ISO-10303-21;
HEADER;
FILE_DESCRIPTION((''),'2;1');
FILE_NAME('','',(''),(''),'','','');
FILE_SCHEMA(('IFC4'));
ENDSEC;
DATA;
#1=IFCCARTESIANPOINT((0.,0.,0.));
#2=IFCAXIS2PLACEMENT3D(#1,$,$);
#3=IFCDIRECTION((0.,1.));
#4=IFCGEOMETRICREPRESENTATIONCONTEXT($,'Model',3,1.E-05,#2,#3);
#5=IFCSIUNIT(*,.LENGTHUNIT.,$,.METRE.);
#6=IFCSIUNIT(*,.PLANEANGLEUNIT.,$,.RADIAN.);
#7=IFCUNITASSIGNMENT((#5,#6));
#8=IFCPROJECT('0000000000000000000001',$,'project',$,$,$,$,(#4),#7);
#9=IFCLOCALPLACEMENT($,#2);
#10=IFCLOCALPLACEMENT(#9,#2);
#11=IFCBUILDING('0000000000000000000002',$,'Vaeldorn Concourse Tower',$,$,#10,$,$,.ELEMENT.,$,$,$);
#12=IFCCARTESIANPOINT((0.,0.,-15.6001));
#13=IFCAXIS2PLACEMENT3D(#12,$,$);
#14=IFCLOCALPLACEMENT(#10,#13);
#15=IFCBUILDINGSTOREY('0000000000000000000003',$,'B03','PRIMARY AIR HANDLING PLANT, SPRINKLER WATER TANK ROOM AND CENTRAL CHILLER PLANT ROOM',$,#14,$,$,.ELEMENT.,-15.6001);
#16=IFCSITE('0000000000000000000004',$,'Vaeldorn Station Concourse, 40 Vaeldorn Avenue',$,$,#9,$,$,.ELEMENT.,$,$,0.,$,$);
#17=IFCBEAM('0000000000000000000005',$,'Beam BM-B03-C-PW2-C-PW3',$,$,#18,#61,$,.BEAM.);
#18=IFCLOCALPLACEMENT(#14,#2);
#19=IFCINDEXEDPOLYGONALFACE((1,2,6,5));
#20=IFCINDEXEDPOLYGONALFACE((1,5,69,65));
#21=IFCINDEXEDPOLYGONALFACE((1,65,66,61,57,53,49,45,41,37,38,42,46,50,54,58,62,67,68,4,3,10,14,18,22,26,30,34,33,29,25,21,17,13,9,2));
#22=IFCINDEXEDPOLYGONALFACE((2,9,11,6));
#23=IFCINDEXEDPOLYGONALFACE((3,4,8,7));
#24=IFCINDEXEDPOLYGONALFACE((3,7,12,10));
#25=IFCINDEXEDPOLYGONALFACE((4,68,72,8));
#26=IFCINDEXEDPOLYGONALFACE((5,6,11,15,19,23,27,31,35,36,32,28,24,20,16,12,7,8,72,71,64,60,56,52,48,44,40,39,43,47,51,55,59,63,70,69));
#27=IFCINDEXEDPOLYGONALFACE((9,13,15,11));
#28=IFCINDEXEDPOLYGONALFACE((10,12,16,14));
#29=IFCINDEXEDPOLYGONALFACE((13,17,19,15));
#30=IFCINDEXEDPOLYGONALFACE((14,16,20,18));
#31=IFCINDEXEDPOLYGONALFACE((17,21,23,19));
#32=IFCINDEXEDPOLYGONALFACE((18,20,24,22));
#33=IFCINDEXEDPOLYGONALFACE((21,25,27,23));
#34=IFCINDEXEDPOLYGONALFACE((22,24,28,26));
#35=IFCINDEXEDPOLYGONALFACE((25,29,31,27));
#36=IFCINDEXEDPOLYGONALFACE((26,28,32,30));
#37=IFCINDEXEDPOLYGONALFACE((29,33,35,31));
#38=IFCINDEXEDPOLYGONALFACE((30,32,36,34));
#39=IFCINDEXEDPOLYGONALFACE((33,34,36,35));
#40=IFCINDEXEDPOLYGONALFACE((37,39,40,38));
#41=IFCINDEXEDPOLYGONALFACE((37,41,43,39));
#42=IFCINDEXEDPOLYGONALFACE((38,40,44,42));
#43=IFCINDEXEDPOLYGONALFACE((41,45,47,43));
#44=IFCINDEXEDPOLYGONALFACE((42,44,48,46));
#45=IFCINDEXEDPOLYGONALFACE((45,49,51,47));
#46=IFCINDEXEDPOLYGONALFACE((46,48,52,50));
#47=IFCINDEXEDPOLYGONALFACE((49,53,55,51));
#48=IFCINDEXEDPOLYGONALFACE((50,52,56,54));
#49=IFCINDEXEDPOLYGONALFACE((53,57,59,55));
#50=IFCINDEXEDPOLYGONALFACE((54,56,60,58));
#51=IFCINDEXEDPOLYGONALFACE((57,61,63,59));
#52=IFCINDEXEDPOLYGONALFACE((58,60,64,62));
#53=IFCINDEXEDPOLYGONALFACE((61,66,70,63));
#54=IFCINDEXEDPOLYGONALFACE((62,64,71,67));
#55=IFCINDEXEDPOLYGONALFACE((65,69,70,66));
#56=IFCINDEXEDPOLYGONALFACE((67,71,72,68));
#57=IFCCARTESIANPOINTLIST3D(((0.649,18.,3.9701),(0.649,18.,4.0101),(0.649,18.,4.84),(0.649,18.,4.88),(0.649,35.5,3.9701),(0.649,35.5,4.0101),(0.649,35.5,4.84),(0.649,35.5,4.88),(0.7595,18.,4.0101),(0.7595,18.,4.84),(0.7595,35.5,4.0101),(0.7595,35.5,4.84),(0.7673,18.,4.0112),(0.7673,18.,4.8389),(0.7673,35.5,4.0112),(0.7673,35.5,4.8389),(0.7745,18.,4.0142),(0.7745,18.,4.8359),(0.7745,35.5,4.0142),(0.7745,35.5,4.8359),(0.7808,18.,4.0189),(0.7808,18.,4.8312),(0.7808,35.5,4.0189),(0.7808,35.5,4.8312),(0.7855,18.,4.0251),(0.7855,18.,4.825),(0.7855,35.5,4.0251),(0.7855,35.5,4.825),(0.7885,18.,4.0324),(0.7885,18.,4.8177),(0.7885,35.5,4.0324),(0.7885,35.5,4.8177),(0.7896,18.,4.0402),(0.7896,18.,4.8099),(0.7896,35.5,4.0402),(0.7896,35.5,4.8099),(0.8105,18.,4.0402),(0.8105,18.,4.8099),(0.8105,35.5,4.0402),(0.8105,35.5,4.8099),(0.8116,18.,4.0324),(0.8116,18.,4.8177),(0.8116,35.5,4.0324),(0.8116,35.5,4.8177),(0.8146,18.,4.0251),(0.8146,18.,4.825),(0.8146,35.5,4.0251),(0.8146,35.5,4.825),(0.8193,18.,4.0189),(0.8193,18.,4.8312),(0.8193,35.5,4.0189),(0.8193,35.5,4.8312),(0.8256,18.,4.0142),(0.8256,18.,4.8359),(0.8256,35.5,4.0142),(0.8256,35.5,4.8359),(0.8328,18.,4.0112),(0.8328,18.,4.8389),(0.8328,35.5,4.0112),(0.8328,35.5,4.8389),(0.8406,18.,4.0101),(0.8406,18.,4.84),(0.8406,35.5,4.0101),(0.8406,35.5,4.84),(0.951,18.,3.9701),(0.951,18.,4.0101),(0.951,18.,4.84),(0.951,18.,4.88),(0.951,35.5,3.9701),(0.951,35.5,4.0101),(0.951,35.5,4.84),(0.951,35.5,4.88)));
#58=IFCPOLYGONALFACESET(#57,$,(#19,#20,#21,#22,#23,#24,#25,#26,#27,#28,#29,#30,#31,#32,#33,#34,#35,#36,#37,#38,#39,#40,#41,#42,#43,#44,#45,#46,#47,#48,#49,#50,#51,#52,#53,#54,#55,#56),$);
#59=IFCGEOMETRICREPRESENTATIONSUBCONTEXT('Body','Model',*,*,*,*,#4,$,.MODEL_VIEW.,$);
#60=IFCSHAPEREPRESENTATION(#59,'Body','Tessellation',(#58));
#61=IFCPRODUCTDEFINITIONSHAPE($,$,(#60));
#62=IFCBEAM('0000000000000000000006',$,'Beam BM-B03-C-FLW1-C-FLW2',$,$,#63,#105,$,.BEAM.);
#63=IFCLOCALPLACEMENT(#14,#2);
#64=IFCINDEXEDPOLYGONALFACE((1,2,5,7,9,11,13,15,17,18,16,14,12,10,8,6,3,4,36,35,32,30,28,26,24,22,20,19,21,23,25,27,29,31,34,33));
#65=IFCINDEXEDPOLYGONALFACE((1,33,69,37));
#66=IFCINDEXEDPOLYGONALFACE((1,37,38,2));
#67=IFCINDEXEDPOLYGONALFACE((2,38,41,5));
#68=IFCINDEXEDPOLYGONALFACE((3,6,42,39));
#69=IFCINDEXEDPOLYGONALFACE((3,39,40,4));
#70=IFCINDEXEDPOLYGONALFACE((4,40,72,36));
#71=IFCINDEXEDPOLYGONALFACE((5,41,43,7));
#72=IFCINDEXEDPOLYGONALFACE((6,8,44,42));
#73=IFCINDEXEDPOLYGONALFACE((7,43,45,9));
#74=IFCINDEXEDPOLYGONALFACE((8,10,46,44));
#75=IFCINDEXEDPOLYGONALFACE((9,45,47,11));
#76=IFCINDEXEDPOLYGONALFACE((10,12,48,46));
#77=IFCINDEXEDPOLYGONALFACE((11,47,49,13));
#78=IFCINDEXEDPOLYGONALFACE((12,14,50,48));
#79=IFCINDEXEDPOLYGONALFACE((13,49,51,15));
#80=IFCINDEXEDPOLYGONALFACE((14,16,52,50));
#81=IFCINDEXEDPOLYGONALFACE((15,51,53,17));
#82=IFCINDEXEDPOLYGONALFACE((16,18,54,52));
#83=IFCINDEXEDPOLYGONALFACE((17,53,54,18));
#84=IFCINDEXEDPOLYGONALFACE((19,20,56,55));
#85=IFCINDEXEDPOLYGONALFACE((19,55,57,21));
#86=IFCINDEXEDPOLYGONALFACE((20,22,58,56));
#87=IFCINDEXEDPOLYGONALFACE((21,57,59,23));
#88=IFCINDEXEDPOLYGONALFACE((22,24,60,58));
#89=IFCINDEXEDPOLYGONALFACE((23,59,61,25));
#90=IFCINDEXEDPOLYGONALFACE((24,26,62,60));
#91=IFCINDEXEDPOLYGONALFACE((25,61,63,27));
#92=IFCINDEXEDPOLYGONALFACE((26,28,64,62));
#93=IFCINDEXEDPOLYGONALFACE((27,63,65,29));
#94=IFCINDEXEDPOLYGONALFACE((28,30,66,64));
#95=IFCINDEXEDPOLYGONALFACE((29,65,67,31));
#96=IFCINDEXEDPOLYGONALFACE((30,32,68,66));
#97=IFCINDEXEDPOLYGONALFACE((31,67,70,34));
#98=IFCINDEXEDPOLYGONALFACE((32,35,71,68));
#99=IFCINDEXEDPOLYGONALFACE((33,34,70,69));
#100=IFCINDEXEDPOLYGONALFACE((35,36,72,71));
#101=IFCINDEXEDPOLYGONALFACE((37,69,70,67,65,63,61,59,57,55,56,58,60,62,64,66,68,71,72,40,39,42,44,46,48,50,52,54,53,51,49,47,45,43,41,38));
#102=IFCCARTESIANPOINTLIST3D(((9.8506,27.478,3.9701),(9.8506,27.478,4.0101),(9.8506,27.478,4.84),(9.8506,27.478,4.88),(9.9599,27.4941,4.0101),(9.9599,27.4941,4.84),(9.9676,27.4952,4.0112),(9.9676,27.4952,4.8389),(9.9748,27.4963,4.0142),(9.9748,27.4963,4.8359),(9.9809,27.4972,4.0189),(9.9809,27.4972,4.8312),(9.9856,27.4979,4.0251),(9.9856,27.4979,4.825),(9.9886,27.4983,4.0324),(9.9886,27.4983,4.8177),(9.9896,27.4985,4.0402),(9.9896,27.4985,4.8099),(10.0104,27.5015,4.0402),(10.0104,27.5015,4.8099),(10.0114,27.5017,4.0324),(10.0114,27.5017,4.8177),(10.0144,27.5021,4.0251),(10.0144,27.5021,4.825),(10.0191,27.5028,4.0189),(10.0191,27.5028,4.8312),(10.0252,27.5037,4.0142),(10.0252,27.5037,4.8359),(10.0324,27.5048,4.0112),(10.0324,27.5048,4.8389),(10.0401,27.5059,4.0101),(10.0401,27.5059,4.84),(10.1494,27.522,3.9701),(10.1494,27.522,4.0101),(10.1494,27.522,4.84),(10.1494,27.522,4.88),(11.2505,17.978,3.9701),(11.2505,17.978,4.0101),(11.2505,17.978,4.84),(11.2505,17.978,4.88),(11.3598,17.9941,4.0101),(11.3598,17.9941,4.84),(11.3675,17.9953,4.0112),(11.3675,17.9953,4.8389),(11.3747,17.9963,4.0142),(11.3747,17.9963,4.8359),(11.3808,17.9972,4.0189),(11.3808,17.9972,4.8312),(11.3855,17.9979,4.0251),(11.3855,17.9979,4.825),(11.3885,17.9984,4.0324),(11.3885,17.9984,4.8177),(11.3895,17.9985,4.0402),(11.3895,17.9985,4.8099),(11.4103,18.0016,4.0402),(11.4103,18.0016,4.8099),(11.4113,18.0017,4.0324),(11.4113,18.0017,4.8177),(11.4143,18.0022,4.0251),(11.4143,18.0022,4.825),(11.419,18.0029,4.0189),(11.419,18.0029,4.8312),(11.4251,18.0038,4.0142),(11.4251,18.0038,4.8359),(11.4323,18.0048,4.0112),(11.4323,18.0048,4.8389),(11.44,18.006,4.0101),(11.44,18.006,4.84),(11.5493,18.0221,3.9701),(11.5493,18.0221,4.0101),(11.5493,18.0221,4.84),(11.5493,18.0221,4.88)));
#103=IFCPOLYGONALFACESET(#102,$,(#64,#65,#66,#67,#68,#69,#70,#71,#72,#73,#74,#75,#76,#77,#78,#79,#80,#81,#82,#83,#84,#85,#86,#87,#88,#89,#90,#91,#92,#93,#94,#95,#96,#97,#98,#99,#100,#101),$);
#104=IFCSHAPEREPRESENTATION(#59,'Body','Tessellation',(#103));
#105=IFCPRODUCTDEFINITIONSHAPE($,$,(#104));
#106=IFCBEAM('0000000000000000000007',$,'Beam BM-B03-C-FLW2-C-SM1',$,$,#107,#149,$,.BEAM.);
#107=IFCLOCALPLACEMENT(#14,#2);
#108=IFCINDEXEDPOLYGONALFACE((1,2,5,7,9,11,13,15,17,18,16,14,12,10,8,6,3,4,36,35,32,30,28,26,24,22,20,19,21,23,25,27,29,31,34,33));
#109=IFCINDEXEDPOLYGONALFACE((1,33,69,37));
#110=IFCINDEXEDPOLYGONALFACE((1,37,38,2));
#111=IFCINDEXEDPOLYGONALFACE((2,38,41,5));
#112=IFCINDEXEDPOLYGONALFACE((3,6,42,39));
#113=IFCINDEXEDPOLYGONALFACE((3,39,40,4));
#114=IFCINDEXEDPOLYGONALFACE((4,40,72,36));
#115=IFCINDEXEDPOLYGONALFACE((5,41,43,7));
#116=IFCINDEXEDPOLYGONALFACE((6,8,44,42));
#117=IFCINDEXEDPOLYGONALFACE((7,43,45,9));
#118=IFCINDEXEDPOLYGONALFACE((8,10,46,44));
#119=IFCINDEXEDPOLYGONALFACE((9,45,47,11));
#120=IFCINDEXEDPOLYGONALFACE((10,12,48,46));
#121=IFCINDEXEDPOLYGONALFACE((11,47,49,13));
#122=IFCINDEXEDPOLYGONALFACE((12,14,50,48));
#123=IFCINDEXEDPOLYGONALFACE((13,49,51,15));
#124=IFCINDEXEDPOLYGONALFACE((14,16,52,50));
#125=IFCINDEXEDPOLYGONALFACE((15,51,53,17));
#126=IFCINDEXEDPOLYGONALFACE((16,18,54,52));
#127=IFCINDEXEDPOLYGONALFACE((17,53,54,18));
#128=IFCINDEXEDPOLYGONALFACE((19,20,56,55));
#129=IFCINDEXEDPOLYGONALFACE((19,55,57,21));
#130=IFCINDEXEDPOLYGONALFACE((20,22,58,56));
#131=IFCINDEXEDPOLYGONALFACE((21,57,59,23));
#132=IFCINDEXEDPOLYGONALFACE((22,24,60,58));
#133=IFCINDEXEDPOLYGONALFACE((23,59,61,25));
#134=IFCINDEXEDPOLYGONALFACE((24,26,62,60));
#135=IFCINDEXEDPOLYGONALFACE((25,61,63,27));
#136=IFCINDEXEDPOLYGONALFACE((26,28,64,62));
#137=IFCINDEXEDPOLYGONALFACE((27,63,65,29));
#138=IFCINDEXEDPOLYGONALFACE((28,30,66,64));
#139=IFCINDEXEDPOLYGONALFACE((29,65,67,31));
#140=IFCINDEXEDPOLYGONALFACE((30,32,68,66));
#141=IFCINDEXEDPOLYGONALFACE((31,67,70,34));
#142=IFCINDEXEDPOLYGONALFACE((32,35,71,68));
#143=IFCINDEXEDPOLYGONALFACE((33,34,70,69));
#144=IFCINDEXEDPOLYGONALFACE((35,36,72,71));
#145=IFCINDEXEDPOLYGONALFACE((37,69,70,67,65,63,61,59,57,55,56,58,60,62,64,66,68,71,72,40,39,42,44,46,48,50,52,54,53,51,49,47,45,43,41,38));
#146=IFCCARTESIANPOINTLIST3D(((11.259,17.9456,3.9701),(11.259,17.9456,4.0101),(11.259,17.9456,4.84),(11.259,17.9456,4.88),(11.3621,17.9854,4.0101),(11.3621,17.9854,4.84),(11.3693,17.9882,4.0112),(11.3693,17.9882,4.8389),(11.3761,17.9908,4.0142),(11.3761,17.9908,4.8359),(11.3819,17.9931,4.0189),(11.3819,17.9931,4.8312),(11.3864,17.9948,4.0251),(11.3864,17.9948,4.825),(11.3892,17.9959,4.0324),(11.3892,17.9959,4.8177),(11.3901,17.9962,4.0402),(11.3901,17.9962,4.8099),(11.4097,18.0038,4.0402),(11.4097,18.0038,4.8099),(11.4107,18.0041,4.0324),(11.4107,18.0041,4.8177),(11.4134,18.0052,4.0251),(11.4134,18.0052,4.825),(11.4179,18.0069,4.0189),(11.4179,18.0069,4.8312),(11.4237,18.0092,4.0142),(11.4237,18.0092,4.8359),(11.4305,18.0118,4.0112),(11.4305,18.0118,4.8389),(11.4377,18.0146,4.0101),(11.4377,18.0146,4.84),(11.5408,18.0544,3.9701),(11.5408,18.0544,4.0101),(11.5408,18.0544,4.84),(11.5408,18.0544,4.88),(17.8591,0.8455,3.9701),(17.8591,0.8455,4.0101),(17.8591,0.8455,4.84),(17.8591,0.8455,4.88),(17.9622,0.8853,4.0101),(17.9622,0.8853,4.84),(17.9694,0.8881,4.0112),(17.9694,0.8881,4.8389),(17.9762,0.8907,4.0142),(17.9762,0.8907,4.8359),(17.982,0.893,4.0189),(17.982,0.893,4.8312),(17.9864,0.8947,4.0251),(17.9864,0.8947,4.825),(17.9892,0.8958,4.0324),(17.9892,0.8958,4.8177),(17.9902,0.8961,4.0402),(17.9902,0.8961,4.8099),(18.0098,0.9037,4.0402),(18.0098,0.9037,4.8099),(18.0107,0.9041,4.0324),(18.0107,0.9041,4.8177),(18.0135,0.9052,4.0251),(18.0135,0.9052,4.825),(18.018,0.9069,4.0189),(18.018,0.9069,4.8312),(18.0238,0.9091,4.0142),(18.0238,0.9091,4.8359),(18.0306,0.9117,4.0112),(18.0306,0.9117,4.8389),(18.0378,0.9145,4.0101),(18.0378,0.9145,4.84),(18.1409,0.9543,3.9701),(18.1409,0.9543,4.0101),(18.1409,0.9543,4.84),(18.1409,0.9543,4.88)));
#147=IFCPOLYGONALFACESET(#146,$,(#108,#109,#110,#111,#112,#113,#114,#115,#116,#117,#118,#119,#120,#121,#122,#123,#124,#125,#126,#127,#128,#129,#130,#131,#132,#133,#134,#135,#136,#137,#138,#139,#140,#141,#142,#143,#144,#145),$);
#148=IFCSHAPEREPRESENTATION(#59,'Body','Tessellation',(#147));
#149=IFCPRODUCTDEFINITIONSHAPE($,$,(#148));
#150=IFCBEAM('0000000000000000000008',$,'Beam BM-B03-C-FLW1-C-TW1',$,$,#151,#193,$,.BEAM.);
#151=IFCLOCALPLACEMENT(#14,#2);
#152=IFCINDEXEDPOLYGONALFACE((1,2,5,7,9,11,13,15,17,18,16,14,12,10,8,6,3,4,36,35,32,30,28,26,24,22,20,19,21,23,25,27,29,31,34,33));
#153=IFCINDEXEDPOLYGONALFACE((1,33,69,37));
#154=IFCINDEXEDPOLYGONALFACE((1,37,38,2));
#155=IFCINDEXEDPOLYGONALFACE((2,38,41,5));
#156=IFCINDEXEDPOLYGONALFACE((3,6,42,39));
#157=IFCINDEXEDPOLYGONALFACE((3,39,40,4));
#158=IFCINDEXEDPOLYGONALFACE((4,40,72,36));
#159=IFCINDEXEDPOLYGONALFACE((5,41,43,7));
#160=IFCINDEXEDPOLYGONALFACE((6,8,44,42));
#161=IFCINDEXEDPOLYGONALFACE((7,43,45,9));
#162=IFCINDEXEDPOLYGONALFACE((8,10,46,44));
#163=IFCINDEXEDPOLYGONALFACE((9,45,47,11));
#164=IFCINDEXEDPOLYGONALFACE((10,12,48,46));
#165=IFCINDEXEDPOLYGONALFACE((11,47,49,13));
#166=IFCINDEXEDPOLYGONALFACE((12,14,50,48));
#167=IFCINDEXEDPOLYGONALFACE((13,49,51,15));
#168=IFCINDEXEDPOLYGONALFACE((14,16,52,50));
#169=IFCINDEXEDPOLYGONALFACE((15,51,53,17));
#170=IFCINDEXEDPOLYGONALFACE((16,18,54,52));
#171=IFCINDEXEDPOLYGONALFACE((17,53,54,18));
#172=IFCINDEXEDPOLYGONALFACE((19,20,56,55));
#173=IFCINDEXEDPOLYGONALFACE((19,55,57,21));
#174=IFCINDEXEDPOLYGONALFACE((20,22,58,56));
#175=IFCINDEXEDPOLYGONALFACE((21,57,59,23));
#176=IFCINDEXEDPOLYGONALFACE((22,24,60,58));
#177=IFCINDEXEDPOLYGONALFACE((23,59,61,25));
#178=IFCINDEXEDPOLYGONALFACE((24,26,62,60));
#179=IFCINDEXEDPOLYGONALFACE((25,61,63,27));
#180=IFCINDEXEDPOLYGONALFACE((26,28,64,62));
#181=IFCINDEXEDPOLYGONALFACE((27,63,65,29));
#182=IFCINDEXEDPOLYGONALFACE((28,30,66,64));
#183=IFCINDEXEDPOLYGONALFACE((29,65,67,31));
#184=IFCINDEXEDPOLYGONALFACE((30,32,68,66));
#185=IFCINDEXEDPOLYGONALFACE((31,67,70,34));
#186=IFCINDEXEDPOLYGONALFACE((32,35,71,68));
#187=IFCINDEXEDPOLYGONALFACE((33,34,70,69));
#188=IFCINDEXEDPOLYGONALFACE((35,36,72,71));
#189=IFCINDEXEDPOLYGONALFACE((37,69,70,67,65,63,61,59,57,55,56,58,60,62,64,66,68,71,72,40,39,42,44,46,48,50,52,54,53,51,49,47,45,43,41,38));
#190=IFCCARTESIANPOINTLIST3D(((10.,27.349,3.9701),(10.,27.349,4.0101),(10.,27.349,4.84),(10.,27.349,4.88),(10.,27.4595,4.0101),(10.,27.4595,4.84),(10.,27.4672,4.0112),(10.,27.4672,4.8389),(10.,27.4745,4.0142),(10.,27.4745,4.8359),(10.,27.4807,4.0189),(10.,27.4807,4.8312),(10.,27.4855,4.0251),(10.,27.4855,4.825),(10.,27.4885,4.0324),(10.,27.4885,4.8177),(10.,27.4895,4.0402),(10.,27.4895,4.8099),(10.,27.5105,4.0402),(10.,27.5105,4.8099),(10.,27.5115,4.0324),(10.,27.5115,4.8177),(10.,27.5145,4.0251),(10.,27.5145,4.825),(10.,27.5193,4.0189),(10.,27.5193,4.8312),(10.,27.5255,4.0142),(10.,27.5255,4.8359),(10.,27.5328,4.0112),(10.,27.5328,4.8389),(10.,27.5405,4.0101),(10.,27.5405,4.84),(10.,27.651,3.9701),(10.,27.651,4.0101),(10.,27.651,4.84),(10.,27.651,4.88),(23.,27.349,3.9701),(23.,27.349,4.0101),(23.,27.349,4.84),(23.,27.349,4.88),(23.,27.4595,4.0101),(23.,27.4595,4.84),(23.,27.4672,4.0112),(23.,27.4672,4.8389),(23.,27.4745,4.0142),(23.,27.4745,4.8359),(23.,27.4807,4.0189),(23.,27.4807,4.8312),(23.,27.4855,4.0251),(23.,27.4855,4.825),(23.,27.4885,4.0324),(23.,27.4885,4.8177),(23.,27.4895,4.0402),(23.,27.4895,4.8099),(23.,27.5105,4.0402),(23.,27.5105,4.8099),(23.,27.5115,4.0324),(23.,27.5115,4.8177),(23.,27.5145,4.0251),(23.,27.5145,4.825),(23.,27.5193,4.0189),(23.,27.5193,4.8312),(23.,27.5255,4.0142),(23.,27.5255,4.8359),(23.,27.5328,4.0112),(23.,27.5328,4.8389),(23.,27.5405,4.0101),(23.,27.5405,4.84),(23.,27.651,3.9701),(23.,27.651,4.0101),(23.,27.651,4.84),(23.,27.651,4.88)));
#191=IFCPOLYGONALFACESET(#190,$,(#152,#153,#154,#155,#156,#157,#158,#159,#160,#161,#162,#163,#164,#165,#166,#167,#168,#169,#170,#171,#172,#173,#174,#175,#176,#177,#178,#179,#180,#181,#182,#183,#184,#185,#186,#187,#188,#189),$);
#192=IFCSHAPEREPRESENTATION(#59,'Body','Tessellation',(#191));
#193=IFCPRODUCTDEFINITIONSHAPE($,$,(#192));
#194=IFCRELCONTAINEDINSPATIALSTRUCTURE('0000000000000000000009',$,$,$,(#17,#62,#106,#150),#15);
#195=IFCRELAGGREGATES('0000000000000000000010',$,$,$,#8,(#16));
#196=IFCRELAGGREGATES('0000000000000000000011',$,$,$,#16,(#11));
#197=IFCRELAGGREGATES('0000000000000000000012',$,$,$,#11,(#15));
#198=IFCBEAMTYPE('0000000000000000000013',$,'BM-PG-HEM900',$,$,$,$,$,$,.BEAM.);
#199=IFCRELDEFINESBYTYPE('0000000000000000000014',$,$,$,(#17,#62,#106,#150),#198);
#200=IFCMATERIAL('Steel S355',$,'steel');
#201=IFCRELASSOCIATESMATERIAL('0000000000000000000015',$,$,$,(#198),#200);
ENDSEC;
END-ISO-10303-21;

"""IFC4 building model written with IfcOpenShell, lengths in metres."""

from ifc_helpers import new_model, si_unit, direction, frame, origin, origin_2d, place, context, subcontext, project, spatial, i_section, extrude, source, transform, mapped, material, material_profile, profile_set, type_object, element, save


model = new_model("IFC4")

# Units and contexts
model_context = context("Model", 3, precision=1e-05, world=origin(), true_north=direction((0.0, 1.0)))
body_context = subcontext(model_context, "Body", "Model", "MODEL_VIEW")
ifc_project = project(units=[si_unit("LENGTHUNIT", "METRE"), si_unit("PLANEANGLEUNIT", "RADIAN")], contexts=[model_context])

# Site, building, storey
site_placement = place(None, origin())
site = spatial("IfcSite", under=ifc_project, at=site_placement, Name="Vaeldorn Station Concourse, 40 Vaeldorn Avenue", CompositionType="ELEMENT", RefElevation=0.0)
building_placement = place(site_placement, origin())
building = spatial("IfcBuilding", under=site, at=building_placement, Name="Vaeldorn Concourse Tower", CompositionType="ELEMENT")
storey_placement = place(building_placement, frame((0.0, 0.0, -15.6001)))
storey = spatial("IfcBuildingStorey", under=building, at=storey_placement, Name="B03", Description="PRIMARY AIR HANDLING PLANT, SPRINKLER WATER TANK ROOM AND CENTRAL CHILLER PLANT ROOM", CompositionType="ELEMENT", Elevation=-15.6001)

# Beams
ifc_material_1 = material(Name="Steel S355", Category="steel")
ifc_material_profile_1 = material_profile(ifc_material_1, i_section(OverallWidth=0.302, OverallDepth=0.9099, WebThickness=0.021, FlangeThickness=0.04, FilletRadius=0.03, at=origin_2d()), Name="HEM 900")
ifc_profile_set_1 = profile_set([ifc_material_profile_1], Name="Steel S355")
beam_type = type_object("IfcBeamType", Name="BM-PG-HEM900", PredefinedType="BEAM", material=ifc_profile_set_1)
shared_shape_1 = source(origin(), body_context, "Body", "SweptSolid", [
    extrude(i_section(OverallWidth=0.302, OverallDepth=0.9099, WebThickness=0.021, FlangeThickness=0.04, FilletRadius=0.03, at=origin_2d()), origin(), (0.0, 0.0, 1.0), 17.5),
])
beam_1_placement = place(storey_placement, frame((0.8, 18.0, 4.425), z_axis=(0.0, 1.0, 0.0), x_axis=(-1.0, 0.0, 0.0)))
element("IfcBeam", 1, at=beam_1_placement, inside=storey, type_object=beam_type, Name="Beam BM-B03-C-PW2-C-PW3", PredefinedType="BEAM", context=body_context, shape_type="MappedRepresentation", body=[
    mapped(shared_shape_1, transform((0.0, 0.0, 0.0), scale=1.0)),
])
shared_shape_2 = source(origin(), body_context, "Body", "SweptSolid", [
    extrude(i_section(OverallWidth=0.302, OverallDepth=0.9099, WebThickness=0.021, FlangeThickness=0.04, FilletRadius=0.03, at=origin_2d()), origin(), (0.0, 0.0, 1.0), 9.6025),
])
beam_2_placement = place(storey_placement, frame((10.0, 27.5, 4.425), z_axis=(0.145784, -0.989316, 0.0), x_axis=(0.989316, 0.145784, 0.0)))
element("IfcBeam", 2, at=beam_2_placement, inside=storey, type_object=beam_type, Name="Beam BM-B03-C-FLW1-C-FLW2", PredefinedType="BEAM", context=body_context, shape_type="MappedRepresentation", body=[
    mapped(shared_shape_2, transform((0.0, 0.0, 0.0), scale=1.0)),
])
shared_shape_3 = source(origin(), body_context, "Body", "SweptSolid", [
    extrude(i_section(OverallWidth=0.302, OverallDepth=0.9099, WebThickness=0.021, FlangeThickness=0.04, FilletRadius=0.03, at=origin_2d()), origin(), (0.0, 0.0, 1.0), 18.3296),
])
beam_3_placement = place(storey_placement, frame((11.3999, 18.0, 4.425), z_axis=(0.360078, -0.932922, 0.0), x_axis=(0.932922, 0.360078, 0.0)))
element("IfcBeam", 3, at=beam_3_placement, inside=storey, type_object=beam_type, Name="Beam BM-B03-C-FLW2-C-SM1", PredefinedType="BEAM", context=body_context, shape_type="MappedRepresentation", body=[
    mapped(shared_shape_3, transform((0.0, 0.0, 0.0), scale=1.0)),
])
shared_shape_4 = source(origin(), body_context, "Body", "SweptSolid", [
    extrude(i_section(OverallWidth=0.302, OverallDepth=0.9099, WebThickness=0.021, FlangeThickness=0.04, FilletRadius=0.03, at=origin_2d()), origin(), (0.0, 0.0, 1.0), 13.0),
])
beam_4_placement = place(storey_placement, frame((10.0, 27.5, 4.425), z_axis=(1.0, 0.0, 0.0), x_axis=(0.0, 1.0, 0.0)))
element("IfcBeam", 4, at=beam_4_placement, inside=storey, type_object=beam_type, Name="Beam BM-B03-C-FLW1-C-TW1", PredefinedType="BEAM", context=body_context, shape_type="MappedRepresentation", body=[
    mapped(shared_shape_4, transform((0.0, 0.0, 0.0), scale=1.0)),
])

save(model, "model.ifc")
